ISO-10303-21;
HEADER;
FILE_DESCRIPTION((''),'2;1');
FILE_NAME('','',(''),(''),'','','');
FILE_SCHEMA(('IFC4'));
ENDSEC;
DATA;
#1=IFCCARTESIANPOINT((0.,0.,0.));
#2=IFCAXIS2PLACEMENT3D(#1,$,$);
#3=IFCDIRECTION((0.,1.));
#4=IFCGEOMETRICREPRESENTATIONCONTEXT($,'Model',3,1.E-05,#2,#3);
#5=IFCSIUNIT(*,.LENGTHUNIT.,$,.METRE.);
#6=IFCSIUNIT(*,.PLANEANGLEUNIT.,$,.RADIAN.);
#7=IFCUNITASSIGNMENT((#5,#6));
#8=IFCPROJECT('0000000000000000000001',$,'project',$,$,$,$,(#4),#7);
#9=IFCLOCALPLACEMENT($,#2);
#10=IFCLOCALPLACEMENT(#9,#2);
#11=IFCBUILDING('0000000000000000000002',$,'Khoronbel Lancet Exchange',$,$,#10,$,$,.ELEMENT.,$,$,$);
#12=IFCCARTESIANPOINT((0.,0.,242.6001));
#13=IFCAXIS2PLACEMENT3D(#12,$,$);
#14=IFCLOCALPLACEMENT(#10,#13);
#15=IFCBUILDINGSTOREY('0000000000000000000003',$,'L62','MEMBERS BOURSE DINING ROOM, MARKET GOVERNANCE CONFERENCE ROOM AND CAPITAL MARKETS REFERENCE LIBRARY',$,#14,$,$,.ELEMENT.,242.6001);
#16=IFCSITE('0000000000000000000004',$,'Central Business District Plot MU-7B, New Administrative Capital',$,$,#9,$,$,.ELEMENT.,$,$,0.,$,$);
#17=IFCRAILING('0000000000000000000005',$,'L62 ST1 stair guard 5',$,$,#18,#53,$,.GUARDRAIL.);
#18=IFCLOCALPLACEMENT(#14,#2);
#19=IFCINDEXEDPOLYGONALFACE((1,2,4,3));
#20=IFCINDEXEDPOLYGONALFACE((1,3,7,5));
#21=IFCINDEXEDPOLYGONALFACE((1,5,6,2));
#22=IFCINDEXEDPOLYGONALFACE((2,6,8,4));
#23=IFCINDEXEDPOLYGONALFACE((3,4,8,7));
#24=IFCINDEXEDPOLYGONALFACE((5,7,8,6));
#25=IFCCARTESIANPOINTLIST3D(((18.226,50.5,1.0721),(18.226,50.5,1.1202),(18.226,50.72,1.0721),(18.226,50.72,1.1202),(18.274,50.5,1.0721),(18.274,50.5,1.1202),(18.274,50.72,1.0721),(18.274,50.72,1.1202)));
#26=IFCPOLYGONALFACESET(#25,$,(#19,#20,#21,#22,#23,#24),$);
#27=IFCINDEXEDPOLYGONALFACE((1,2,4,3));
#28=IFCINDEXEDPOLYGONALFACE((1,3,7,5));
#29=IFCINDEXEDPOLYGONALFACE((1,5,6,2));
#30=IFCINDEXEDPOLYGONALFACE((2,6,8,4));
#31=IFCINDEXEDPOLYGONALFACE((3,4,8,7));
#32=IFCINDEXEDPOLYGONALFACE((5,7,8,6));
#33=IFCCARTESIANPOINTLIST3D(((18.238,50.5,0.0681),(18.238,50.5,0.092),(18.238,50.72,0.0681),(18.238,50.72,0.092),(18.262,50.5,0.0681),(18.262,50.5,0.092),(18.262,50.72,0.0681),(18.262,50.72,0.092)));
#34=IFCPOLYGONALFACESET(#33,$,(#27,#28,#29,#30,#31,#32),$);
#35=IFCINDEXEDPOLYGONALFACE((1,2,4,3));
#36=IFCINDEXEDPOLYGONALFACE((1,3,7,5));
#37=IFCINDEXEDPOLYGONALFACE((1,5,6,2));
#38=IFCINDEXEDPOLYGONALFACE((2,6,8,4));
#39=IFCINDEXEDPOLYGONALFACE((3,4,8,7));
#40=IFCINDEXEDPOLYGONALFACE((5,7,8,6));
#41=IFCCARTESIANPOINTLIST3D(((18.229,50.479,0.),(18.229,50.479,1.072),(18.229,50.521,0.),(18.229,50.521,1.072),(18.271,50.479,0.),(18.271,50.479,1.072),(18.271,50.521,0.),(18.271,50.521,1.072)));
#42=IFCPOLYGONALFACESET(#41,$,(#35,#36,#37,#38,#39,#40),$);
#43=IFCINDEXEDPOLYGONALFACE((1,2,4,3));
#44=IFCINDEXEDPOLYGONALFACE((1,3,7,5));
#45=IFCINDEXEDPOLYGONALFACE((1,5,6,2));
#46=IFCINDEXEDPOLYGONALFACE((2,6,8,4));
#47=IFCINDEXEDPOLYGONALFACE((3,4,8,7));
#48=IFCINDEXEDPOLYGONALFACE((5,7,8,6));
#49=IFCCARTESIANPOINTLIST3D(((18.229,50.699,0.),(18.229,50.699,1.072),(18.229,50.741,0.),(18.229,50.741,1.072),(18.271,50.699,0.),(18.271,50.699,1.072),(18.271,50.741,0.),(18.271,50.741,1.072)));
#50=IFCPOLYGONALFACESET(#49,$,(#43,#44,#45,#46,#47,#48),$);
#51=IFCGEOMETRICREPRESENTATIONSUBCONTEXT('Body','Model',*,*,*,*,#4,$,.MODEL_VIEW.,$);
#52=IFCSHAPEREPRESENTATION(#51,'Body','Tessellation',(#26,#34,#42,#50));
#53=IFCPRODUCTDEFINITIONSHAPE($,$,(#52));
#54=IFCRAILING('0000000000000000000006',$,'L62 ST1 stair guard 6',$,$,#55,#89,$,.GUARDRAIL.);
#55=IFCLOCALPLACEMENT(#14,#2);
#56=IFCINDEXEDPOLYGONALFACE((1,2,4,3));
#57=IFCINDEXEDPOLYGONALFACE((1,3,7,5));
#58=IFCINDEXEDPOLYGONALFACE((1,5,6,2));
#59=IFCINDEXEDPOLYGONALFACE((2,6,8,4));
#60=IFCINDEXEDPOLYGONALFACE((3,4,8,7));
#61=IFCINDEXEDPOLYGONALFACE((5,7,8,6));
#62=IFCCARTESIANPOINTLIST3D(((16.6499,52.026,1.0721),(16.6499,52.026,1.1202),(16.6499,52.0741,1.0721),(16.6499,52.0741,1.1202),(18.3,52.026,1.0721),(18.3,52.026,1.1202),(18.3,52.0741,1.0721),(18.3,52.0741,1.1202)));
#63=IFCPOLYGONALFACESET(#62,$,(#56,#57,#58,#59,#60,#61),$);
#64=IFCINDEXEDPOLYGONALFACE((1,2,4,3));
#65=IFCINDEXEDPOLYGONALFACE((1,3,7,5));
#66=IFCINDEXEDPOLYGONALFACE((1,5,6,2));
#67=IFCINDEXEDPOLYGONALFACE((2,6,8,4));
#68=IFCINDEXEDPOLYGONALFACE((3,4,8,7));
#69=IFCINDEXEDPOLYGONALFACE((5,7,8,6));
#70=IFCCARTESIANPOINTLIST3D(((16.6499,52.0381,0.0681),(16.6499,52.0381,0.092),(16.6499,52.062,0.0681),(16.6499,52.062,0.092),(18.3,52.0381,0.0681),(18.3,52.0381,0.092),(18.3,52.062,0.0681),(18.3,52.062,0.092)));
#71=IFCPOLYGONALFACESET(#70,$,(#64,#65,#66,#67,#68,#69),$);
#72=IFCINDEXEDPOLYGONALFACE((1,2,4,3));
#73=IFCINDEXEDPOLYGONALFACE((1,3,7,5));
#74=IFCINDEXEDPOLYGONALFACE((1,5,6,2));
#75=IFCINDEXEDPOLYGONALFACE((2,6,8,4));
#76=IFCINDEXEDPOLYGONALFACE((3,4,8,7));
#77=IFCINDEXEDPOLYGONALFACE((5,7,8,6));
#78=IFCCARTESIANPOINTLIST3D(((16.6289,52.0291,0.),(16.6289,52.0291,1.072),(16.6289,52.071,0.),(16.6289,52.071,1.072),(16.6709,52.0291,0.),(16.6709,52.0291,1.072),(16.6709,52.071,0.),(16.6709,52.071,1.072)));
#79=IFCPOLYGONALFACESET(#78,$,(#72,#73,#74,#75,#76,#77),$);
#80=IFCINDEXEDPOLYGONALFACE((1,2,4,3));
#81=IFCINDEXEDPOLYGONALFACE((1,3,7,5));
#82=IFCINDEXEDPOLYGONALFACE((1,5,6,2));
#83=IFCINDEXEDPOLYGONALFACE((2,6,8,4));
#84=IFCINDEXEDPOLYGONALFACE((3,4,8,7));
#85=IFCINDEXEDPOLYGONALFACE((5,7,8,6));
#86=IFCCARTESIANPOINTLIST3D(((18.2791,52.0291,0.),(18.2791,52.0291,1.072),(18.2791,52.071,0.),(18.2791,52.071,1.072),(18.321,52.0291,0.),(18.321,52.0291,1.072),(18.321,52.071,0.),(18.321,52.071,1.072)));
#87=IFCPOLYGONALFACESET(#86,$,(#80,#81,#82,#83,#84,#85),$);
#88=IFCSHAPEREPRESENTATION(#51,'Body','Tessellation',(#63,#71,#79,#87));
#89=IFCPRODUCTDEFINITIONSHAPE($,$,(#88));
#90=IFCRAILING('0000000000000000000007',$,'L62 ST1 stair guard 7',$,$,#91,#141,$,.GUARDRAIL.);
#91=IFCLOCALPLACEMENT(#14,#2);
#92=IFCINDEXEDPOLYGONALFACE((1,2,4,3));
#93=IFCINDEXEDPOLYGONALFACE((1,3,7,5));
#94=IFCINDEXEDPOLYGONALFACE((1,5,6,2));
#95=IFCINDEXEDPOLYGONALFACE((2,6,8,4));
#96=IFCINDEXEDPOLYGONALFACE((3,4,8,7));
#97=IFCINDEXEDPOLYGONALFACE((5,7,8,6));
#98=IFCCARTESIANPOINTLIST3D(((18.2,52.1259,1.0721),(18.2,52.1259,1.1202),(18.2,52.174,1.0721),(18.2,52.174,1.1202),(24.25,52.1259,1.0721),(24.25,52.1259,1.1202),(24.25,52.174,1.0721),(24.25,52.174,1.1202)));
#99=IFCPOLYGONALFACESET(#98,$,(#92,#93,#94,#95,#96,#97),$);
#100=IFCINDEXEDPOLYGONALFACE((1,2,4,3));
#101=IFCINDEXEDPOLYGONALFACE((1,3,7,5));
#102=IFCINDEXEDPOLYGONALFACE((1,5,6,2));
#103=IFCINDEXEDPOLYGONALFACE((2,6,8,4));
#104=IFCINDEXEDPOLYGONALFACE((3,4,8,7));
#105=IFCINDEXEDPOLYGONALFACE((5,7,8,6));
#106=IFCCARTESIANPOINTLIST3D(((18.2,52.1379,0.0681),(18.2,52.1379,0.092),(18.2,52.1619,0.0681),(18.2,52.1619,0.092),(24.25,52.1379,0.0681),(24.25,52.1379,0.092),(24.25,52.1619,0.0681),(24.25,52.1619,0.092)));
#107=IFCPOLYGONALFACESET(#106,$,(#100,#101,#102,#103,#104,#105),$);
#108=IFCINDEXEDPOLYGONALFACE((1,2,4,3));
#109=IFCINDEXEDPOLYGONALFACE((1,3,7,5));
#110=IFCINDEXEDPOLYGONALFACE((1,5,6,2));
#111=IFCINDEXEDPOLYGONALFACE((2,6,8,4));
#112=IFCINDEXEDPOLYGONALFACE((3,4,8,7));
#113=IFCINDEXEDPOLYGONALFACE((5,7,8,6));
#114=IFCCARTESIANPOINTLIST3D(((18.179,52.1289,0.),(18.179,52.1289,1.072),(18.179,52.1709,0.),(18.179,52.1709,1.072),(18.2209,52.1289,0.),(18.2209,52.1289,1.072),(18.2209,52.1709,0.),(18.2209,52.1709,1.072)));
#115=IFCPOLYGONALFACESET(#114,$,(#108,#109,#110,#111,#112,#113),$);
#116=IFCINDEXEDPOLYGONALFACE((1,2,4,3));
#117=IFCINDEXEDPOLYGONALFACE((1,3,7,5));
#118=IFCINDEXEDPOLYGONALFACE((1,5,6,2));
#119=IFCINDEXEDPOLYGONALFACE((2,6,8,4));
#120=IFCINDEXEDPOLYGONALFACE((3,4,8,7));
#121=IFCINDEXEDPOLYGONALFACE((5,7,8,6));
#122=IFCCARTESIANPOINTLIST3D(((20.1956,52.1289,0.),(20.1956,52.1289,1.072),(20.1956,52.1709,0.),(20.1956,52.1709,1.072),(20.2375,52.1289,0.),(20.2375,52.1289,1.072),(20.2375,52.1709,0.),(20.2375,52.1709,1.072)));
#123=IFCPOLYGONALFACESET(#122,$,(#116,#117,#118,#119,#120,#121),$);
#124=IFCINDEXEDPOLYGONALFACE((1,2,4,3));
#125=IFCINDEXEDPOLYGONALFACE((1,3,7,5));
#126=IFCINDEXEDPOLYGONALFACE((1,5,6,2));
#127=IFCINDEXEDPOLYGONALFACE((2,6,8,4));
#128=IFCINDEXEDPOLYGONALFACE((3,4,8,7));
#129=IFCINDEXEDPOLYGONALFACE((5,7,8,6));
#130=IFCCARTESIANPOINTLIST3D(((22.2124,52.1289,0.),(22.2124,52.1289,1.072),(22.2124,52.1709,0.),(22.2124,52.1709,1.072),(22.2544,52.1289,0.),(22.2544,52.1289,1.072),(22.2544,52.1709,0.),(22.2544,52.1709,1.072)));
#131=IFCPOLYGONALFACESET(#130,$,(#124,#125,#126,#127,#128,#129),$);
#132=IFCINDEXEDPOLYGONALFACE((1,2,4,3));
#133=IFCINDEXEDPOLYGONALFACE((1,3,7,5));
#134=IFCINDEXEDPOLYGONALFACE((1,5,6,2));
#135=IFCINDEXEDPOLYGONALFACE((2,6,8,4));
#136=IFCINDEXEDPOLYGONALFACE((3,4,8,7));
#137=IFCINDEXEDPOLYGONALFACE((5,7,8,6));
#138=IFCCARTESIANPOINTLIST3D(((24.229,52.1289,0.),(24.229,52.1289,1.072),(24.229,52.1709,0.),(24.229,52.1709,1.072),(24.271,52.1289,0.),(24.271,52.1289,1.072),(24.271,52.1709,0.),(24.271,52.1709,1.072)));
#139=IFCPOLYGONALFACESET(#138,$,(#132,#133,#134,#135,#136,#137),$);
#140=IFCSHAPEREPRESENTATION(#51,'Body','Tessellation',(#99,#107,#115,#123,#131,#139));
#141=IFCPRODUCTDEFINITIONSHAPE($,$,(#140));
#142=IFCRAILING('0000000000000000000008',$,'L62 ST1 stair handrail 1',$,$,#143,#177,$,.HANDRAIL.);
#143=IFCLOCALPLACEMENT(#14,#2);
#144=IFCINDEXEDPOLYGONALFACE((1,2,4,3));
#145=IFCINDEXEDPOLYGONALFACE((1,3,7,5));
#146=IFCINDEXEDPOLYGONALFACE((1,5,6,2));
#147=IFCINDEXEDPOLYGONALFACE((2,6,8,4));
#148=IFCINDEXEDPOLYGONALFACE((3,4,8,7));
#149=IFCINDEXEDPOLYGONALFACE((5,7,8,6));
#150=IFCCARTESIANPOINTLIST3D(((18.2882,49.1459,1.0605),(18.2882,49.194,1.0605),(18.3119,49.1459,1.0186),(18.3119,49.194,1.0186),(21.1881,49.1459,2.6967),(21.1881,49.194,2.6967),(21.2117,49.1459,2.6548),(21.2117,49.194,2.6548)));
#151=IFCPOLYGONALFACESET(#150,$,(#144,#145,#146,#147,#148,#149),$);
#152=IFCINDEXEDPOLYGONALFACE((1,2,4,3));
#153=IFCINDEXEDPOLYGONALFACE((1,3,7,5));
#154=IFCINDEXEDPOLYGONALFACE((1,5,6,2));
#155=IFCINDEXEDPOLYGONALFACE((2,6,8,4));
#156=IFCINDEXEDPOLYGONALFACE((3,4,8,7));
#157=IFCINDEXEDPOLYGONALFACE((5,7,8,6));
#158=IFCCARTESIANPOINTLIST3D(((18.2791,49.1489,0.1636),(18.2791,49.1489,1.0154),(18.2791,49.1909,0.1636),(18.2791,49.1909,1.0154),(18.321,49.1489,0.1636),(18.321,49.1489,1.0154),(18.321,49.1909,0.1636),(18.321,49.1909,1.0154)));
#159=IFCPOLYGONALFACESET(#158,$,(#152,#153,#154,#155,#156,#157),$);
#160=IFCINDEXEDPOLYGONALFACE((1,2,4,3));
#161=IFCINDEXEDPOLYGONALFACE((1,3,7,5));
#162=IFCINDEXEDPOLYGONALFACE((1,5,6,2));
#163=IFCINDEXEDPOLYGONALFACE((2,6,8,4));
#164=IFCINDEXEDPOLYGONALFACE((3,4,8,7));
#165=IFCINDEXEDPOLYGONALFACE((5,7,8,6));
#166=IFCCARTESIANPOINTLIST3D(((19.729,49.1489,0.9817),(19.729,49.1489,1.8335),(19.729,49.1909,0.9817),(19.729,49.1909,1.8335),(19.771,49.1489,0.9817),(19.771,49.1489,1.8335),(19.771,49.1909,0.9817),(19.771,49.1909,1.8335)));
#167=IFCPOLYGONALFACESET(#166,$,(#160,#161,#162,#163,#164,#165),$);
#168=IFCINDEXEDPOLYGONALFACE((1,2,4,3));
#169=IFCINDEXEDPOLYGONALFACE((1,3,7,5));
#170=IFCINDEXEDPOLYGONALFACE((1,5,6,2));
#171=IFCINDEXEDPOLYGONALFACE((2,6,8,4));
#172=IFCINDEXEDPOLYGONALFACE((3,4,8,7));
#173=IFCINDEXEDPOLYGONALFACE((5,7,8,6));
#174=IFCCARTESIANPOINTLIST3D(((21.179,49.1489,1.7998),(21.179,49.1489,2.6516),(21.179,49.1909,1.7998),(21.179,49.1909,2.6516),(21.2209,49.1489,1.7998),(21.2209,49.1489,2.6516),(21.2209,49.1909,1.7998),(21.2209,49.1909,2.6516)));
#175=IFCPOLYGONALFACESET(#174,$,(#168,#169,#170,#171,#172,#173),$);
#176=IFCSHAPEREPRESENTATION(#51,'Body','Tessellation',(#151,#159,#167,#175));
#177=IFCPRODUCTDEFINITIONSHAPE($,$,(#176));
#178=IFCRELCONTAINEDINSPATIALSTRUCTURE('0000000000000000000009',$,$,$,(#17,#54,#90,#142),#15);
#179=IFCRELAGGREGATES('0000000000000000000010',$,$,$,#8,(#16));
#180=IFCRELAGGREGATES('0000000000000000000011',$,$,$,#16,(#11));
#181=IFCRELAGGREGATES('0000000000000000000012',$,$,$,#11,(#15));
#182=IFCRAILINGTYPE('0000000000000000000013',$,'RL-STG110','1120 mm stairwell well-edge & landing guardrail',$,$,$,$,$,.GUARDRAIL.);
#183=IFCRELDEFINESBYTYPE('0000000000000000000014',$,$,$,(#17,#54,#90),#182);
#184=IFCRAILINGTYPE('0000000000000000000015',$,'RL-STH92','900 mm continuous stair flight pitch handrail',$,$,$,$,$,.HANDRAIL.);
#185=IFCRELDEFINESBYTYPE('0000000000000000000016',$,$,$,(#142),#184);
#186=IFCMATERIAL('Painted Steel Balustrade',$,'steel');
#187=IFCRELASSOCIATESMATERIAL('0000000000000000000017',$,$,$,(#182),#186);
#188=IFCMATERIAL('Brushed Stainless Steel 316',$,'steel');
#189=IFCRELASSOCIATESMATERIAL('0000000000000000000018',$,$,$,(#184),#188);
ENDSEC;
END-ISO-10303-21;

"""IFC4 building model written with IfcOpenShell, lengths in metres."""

from ifc_helpers import new_model, si_unit, direction, frame, origin, origin_2d, place, context, subcontext, project, spatial, rectangle, extrude, material, type_object, element, save


model = new_model("IFC4")

# Units and contexts
model_context = context("Model", 3, precision=1e-05, world=origin(), true_north=direction((0.0, 1.0)))
body_context = subcontext(model_context, "Body", "Model", "MODEL_VIEW")
ifc_project = project(units=[si_unit("LENGTHUNIT", "METRE"), si_unit("PLANEANGLEUNIT", "RADIAN")], contexts=[model_context])

# Site, building, storey
site_placement = place(None, origin())
site = spatial("IfcSite", under=ifc_project, at=site_placement, Name="Central Business District Plot MU-7B, New Administrative Capital", CompositionType="ELEMENT", RefElevation=0.0)
building_placement = place(site_placement, origin())
building = spatial("IfcBuilding", under=site, at=building_placement, Name="Khoronbel Lancet Exchange", CompositionType="ELEMENT")
storey_placement = place(building_placement, frame((0.0, 0.0, 242.6001)))
storey = spatial("IfcBuildingStorey", under=building, at=storey_placement, Name="L62", Description="MEMBERS BOURSE DINING ROOM, MARKET GOVERNANCE CONFERENCE ROOM AND CAPITAL MARKETS REFERENCE LIBRARY", CompositionType="ELEMENT", Elevation=242.6001)

# Railings
ifc_material_1 = material(Name="Painted Steel Balustrade", Category="steel")
railing_type_1 = type_object("IfcRailingType", Name="RL-STG110", Description="1120 mm stairwell well-edge & landing guardrail", PredefinedType="GUARDRAIL", material=ifc_material_1)
railing_1_placement = place(storey_placement, frame((18.25, 50.5, 0.0)))
element("IfcRailing", 1, at=railing_1_placement, inside=storey, type_object=railing_type_1, Name="L62 ST1 stair guard 5", PredefinedType="GUARDRAIL", context=body_context, shape_type="SweptSolid", body=[
    extrude(rectangle(XDim=0.0481, YDim=0.0481, at=origin_2d()), frame((0.0, 0.0, 1.0962), z_axis=(0.0, 1.0, 0.0), x_axis=(-1.0, 0.0, 0.0)), (0.0, 0.0, 1.0), 0.22),
    extrude(rectangle(XDim=0.0239, YDim=0.0239, at=origin_2d()), frame((0.0, 0.0, 0.0801), z_axis=(0.0, 1.0, 0.0), x_axis=(-1.0, 0.0, 0.0)), (0.0, 0.0, 1.0), 0.22),
    extrude(rectangle(XDim=0.042, YDim=0.042, at=origin_2d()), origin(), (0.0, 0.0, 1.0), 1.072),
    extrude(rectangle(XDim=0.042, YDim=0.042, at=origin_2d()), frame((0.0, 0.22, 0.0)), (0.0, 0.0, 1.0), 1.072),
])
railing_2_placement = place(storey_placement, frame((16.6499, 52.05, 0.0)))
element("IfcRailing", 2, at=railing_2_placement, inside=storey, type_object=railing_type_1, Name="L62 ST1 stair guard 6", PredefinedType="GUARDRAIL", context=body_context, shape_type="SweptSolid", body=[
    extrude(rectangle(XDim=0.0481, YDim=0.0481, at=origin_2d()), frame((0.0, 0.0, 1.0962), z_axis=(1.0, 0.0, 0.0), x_axis=(0.0, 1.0, 0.0)), (0.0, 0.0, 1.0), 1.6501),
    extrude(rectangle(XDim=0.0239, YDim=0.0239, at=origin_2d()), frame((0.0, 0.0, 0.0801), z_axis=(1.0, 0.0, 0.0), x_axis=(0.0, 1.0, 0.0)), (0.0, 0.0, 1.0), 1.6501),
    extrude(rectangle(XDim=0.042, YDim=0.042, at=origin_2d()), origin(), (0.0, 0.0, 1.0), 1.072),
    extrude(rectangle(XDim=0.042, YDim=0.042, at=origin_2d()), frame((1.6501, 0.0, 0.0)), (0.0, 0.0, 1.0), 1.072),
])
railing_3_placement = place(storey_placement, frame((18.2, 52.1499, 0.0)))
element("IfcRailing", 3, at=railing_3_placement, inside=storey, type_object=railing_type_1, Name="L62 ST1 stair guard 7", PredefinedType="GUARDRAIL", context=body_context, shape_type="SweptSolid", body=[
    extrude(rectangle(XDim=0.0481, YDim=0.0481, at=origin_2d()), frame((0.0, 0.0, 1.0962), z_axis=(1.0, 0.0, 0.0), x_axis=(0.0, 1.0, 0.0)), (0.0, 0.0, 1.0), 6.05),
    extrude(rectangle(XDim=0.0239, YDim=0.0239, at=origin_2d()), frame((0.0, 0.0, 0.0801), z_axis=(1.0, 0.0, 0.0), x_axis=(0.0, 1.0, 0.0)), (0.0, 0.0, 1.0), 6.05),
    extrude(rectangle(XDim=0.042, YDim=0.042, at=origin_2d()), origin(), (0.0, 0.0, 1.0), 1.072),
    extrude(rectangle(XDim=0.042, YDim=0.042, at=origin_2d()), frame((2.0166, 0.0, 0.0)), (0.0, 0.0, 1.0), 1.072),
    extrude(rectangle(XDim=0.042, YDim=0.042, at=origin_2d()), frame((4.0334, 0.0, 0.0)), (0.0, 0.0, 1.0), 1.072),
    extrude(rectangle(XDim=0.042, YDim=0.042, at=origin_2d()), frame((6.05, 0.0, 0.0)), (0.0, 0.0, 1.0), 1.072),
])
ifc_material_2 = material(Name="Brushed Stainless Steel 316", Category="steel")
railing_type_2 = type_object("IfcRailingType", Name="RL-STH92", Description="900 mm continuous stair flight pitch handrail", PredefinedType="HANDRAIL", material=ifc_material_2)
railing_4_placement = place(storey_placement, frame((18.3, 49.1699, 0.1636)))
element("IfcRailing", 4, at=railing_4_placement, inside=storey, type_object=railing_type_2, Name="L62 ST1 stair handrail 1", PredefinedType="HANDRAIL", context=body_context, shape_type="SweptSolid", body=[
    extrude(rectangle(XDim=0.0481, YDim=0.0481, at=origin_2d()), frame((0.0, 0.0, 0.876), z_axis=(0.870929, 0.0, 0.49141), x_axis=(0.0, 1.0, 0.0)), (0.0, 0.0, 1.0), 3.3296),
    extrude(rectangle(XDim=0.042, YDim=0.042, at=origin_2d()), origin(), (0.0, 0.0, 1.0), 0.8518),
    extrude(rectangle(XDim=0.042, YDim=0.042, at=origin_2d()), frame((1.45, 0.0, 0.8181)), (0.0, 0.0, 1.0), 0.8518),
    extrude(rectangle(XDim=0.042, YDim=0.042, at=origin_2d()), frame((2.8999, 0.0, 1.6362)), (0.0, 0.0, 1.0), 0.8518),
])

save(model, "model.ifc")
